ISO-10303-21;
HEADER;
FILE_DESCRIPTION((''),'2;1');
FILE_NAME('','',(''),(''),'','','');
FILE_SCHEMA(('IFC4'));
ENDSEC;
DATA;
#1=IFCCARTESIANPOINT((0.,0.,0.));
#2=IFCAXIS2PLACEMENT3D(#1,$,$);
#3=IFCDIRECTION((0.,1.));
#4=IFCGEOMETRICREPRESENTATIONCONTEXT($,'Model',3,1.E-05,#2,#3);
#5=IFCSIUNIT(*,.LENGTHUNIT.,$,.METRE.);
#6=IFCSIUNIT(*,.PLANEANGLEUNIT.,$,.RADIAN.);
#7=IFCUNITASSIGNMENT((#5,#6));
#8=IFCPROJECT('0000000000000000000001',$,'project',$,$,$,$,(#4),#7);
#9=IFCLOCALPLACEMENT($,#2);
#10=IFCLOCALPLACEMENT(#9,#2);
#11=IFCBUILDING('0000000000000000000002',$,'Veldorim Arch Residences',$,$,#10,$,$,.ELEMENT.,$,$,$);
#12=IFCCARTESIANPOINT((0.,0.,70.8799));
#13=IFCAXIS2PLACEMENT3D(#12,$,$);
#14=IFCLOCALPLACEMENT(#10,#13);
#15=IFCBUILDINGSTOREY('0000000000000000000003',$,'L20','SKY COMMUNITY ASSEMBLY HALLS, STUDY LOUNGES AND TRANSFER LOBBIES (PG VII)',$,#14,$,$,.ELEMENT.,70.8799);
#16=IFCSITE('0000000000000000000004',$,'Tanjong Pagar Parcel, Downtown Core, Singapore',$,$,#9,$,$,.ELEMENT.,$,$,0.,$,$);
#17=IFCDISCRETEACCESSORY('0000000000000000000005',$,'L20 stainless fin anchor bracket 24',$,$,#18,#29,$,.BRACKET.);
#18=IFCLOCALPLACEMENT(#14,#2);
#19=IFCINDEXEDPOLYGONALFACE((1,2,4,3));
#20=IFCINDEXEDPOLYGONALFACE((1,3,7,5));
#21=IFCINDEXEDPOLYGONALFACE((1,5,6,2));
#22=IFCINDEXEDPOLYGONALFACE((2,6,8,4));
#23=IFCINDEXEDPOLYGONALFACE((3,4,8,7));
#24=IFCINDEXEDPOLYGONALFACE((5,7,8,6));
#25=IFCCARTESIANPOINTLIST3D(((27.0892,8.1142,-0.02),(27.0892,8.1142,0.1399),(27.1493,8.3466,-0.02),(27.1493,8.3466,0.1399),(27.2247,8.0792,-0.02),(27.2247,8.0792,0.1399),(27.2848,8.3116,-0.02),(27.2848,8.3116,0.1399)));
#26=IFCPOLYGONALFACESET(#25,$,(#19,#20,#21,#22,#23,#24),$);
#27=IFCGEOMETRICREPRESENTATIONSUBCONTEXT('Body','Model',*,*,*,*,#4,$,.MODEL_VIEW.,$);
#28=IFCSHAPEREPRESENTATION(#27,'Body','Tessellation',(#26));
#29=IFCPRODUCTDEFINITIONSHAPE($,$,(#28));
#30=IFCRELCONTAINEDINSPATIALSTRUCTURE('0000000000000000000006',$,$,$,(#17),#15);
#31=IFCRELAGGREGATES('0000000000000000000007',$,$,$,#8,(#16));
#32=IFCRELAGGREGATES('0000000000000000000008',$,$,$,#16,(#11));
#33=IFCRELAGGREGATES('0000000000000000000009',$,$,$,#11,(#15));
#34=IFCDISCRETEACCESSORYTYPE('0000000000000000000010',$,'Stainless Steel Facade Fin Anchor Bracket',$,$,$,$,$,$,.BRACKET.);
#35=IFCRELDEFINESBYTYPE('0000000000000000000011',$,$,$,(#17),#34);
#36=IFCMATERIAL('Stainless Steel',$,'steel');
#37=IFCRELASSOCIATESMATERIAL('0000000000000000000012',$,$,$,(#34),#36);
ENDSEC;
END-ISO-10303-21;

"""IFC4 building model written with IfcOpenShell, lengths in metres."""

from ifc_helpers import new_model, si_unit, direction, frame, origin, origin_2d, place, context, subcontext, project, spatial, rectangle, extrude, material, type_object, element, save


model = new_model("IFC4")

# Units and contexts
model_context = context("Model", 3, precision=1e-05, world=origin(), true_north=direction((0.0, 1.0)))
body_context = subcontext(model_context, "Body", "Model", "MODEL_VIEW")
ifc_project = project(units=[si_unit("LENGTHUNIT", "METRE"), si_unit("PLANEANGLEUNIT", "RADIAN")], contexts=[model_context])

# Site, building, storey
site_placement = place(None, origin())
site = spatial("IfcSite", under=ifc_project, at=site_placement, Name="Tanjong Pagar Parcel, Downtown Core, Singapore", CompositionType="ELEMENT", RefElevation=0.0)
building_placement = place(site_placement, origin())
building = spatial("IfcBuilding", under=site, at=building_placement, Name="Veldorim Arch Residences", CompositionType="ELEMENT")
storey_placement = place(building_placement, frame((0.0, 0.0, 70.8799)))
storey = spatial("IfcBuildingStorey", under=building, at=storey_placement, Name="L20", Description="SKY COMMUNITY ASSEMBLY HALLS, STUDY LOUNGES AND TRANSFER LOBBIES (PG VII)", CompositionType="ELEMENT", Elevation=70.8799)

# Discrete accessory
ifc_material_1 = material(Name="Stainless Steel", Category="steel")
discrete_accessory_type = type_object("IfcDiscreteAccessoryType", Name="Stainless Steel Facade Fin Anchor Bracket", PredefinedType="BRACKET", material=ifc_material_1)
discrete_accessory_placement = place(storey_placement, frame((27.187, 8.2129, -0.02), z_axis=(0.0, 0.0, 1.0), x_axis=(-0.968148, 0.25038, 0.0)))
element("IfcDiscreteAccessory", 1, at=discrete_accessory_placement, inside=storey, type_object=discrete_accessory_type, Name="L20 stainless fin anchor bracket 24", PredefinedType="BRACKET", context=body_context, shape_type="SweptSolid", body=[
    extrude(rectangle(XDim=0.1399, YDim=0.24, at=origin_2d()), origin(), (0.0, 0.0, 1.0), 0.1599),
])

save(model, "model.ifc")
